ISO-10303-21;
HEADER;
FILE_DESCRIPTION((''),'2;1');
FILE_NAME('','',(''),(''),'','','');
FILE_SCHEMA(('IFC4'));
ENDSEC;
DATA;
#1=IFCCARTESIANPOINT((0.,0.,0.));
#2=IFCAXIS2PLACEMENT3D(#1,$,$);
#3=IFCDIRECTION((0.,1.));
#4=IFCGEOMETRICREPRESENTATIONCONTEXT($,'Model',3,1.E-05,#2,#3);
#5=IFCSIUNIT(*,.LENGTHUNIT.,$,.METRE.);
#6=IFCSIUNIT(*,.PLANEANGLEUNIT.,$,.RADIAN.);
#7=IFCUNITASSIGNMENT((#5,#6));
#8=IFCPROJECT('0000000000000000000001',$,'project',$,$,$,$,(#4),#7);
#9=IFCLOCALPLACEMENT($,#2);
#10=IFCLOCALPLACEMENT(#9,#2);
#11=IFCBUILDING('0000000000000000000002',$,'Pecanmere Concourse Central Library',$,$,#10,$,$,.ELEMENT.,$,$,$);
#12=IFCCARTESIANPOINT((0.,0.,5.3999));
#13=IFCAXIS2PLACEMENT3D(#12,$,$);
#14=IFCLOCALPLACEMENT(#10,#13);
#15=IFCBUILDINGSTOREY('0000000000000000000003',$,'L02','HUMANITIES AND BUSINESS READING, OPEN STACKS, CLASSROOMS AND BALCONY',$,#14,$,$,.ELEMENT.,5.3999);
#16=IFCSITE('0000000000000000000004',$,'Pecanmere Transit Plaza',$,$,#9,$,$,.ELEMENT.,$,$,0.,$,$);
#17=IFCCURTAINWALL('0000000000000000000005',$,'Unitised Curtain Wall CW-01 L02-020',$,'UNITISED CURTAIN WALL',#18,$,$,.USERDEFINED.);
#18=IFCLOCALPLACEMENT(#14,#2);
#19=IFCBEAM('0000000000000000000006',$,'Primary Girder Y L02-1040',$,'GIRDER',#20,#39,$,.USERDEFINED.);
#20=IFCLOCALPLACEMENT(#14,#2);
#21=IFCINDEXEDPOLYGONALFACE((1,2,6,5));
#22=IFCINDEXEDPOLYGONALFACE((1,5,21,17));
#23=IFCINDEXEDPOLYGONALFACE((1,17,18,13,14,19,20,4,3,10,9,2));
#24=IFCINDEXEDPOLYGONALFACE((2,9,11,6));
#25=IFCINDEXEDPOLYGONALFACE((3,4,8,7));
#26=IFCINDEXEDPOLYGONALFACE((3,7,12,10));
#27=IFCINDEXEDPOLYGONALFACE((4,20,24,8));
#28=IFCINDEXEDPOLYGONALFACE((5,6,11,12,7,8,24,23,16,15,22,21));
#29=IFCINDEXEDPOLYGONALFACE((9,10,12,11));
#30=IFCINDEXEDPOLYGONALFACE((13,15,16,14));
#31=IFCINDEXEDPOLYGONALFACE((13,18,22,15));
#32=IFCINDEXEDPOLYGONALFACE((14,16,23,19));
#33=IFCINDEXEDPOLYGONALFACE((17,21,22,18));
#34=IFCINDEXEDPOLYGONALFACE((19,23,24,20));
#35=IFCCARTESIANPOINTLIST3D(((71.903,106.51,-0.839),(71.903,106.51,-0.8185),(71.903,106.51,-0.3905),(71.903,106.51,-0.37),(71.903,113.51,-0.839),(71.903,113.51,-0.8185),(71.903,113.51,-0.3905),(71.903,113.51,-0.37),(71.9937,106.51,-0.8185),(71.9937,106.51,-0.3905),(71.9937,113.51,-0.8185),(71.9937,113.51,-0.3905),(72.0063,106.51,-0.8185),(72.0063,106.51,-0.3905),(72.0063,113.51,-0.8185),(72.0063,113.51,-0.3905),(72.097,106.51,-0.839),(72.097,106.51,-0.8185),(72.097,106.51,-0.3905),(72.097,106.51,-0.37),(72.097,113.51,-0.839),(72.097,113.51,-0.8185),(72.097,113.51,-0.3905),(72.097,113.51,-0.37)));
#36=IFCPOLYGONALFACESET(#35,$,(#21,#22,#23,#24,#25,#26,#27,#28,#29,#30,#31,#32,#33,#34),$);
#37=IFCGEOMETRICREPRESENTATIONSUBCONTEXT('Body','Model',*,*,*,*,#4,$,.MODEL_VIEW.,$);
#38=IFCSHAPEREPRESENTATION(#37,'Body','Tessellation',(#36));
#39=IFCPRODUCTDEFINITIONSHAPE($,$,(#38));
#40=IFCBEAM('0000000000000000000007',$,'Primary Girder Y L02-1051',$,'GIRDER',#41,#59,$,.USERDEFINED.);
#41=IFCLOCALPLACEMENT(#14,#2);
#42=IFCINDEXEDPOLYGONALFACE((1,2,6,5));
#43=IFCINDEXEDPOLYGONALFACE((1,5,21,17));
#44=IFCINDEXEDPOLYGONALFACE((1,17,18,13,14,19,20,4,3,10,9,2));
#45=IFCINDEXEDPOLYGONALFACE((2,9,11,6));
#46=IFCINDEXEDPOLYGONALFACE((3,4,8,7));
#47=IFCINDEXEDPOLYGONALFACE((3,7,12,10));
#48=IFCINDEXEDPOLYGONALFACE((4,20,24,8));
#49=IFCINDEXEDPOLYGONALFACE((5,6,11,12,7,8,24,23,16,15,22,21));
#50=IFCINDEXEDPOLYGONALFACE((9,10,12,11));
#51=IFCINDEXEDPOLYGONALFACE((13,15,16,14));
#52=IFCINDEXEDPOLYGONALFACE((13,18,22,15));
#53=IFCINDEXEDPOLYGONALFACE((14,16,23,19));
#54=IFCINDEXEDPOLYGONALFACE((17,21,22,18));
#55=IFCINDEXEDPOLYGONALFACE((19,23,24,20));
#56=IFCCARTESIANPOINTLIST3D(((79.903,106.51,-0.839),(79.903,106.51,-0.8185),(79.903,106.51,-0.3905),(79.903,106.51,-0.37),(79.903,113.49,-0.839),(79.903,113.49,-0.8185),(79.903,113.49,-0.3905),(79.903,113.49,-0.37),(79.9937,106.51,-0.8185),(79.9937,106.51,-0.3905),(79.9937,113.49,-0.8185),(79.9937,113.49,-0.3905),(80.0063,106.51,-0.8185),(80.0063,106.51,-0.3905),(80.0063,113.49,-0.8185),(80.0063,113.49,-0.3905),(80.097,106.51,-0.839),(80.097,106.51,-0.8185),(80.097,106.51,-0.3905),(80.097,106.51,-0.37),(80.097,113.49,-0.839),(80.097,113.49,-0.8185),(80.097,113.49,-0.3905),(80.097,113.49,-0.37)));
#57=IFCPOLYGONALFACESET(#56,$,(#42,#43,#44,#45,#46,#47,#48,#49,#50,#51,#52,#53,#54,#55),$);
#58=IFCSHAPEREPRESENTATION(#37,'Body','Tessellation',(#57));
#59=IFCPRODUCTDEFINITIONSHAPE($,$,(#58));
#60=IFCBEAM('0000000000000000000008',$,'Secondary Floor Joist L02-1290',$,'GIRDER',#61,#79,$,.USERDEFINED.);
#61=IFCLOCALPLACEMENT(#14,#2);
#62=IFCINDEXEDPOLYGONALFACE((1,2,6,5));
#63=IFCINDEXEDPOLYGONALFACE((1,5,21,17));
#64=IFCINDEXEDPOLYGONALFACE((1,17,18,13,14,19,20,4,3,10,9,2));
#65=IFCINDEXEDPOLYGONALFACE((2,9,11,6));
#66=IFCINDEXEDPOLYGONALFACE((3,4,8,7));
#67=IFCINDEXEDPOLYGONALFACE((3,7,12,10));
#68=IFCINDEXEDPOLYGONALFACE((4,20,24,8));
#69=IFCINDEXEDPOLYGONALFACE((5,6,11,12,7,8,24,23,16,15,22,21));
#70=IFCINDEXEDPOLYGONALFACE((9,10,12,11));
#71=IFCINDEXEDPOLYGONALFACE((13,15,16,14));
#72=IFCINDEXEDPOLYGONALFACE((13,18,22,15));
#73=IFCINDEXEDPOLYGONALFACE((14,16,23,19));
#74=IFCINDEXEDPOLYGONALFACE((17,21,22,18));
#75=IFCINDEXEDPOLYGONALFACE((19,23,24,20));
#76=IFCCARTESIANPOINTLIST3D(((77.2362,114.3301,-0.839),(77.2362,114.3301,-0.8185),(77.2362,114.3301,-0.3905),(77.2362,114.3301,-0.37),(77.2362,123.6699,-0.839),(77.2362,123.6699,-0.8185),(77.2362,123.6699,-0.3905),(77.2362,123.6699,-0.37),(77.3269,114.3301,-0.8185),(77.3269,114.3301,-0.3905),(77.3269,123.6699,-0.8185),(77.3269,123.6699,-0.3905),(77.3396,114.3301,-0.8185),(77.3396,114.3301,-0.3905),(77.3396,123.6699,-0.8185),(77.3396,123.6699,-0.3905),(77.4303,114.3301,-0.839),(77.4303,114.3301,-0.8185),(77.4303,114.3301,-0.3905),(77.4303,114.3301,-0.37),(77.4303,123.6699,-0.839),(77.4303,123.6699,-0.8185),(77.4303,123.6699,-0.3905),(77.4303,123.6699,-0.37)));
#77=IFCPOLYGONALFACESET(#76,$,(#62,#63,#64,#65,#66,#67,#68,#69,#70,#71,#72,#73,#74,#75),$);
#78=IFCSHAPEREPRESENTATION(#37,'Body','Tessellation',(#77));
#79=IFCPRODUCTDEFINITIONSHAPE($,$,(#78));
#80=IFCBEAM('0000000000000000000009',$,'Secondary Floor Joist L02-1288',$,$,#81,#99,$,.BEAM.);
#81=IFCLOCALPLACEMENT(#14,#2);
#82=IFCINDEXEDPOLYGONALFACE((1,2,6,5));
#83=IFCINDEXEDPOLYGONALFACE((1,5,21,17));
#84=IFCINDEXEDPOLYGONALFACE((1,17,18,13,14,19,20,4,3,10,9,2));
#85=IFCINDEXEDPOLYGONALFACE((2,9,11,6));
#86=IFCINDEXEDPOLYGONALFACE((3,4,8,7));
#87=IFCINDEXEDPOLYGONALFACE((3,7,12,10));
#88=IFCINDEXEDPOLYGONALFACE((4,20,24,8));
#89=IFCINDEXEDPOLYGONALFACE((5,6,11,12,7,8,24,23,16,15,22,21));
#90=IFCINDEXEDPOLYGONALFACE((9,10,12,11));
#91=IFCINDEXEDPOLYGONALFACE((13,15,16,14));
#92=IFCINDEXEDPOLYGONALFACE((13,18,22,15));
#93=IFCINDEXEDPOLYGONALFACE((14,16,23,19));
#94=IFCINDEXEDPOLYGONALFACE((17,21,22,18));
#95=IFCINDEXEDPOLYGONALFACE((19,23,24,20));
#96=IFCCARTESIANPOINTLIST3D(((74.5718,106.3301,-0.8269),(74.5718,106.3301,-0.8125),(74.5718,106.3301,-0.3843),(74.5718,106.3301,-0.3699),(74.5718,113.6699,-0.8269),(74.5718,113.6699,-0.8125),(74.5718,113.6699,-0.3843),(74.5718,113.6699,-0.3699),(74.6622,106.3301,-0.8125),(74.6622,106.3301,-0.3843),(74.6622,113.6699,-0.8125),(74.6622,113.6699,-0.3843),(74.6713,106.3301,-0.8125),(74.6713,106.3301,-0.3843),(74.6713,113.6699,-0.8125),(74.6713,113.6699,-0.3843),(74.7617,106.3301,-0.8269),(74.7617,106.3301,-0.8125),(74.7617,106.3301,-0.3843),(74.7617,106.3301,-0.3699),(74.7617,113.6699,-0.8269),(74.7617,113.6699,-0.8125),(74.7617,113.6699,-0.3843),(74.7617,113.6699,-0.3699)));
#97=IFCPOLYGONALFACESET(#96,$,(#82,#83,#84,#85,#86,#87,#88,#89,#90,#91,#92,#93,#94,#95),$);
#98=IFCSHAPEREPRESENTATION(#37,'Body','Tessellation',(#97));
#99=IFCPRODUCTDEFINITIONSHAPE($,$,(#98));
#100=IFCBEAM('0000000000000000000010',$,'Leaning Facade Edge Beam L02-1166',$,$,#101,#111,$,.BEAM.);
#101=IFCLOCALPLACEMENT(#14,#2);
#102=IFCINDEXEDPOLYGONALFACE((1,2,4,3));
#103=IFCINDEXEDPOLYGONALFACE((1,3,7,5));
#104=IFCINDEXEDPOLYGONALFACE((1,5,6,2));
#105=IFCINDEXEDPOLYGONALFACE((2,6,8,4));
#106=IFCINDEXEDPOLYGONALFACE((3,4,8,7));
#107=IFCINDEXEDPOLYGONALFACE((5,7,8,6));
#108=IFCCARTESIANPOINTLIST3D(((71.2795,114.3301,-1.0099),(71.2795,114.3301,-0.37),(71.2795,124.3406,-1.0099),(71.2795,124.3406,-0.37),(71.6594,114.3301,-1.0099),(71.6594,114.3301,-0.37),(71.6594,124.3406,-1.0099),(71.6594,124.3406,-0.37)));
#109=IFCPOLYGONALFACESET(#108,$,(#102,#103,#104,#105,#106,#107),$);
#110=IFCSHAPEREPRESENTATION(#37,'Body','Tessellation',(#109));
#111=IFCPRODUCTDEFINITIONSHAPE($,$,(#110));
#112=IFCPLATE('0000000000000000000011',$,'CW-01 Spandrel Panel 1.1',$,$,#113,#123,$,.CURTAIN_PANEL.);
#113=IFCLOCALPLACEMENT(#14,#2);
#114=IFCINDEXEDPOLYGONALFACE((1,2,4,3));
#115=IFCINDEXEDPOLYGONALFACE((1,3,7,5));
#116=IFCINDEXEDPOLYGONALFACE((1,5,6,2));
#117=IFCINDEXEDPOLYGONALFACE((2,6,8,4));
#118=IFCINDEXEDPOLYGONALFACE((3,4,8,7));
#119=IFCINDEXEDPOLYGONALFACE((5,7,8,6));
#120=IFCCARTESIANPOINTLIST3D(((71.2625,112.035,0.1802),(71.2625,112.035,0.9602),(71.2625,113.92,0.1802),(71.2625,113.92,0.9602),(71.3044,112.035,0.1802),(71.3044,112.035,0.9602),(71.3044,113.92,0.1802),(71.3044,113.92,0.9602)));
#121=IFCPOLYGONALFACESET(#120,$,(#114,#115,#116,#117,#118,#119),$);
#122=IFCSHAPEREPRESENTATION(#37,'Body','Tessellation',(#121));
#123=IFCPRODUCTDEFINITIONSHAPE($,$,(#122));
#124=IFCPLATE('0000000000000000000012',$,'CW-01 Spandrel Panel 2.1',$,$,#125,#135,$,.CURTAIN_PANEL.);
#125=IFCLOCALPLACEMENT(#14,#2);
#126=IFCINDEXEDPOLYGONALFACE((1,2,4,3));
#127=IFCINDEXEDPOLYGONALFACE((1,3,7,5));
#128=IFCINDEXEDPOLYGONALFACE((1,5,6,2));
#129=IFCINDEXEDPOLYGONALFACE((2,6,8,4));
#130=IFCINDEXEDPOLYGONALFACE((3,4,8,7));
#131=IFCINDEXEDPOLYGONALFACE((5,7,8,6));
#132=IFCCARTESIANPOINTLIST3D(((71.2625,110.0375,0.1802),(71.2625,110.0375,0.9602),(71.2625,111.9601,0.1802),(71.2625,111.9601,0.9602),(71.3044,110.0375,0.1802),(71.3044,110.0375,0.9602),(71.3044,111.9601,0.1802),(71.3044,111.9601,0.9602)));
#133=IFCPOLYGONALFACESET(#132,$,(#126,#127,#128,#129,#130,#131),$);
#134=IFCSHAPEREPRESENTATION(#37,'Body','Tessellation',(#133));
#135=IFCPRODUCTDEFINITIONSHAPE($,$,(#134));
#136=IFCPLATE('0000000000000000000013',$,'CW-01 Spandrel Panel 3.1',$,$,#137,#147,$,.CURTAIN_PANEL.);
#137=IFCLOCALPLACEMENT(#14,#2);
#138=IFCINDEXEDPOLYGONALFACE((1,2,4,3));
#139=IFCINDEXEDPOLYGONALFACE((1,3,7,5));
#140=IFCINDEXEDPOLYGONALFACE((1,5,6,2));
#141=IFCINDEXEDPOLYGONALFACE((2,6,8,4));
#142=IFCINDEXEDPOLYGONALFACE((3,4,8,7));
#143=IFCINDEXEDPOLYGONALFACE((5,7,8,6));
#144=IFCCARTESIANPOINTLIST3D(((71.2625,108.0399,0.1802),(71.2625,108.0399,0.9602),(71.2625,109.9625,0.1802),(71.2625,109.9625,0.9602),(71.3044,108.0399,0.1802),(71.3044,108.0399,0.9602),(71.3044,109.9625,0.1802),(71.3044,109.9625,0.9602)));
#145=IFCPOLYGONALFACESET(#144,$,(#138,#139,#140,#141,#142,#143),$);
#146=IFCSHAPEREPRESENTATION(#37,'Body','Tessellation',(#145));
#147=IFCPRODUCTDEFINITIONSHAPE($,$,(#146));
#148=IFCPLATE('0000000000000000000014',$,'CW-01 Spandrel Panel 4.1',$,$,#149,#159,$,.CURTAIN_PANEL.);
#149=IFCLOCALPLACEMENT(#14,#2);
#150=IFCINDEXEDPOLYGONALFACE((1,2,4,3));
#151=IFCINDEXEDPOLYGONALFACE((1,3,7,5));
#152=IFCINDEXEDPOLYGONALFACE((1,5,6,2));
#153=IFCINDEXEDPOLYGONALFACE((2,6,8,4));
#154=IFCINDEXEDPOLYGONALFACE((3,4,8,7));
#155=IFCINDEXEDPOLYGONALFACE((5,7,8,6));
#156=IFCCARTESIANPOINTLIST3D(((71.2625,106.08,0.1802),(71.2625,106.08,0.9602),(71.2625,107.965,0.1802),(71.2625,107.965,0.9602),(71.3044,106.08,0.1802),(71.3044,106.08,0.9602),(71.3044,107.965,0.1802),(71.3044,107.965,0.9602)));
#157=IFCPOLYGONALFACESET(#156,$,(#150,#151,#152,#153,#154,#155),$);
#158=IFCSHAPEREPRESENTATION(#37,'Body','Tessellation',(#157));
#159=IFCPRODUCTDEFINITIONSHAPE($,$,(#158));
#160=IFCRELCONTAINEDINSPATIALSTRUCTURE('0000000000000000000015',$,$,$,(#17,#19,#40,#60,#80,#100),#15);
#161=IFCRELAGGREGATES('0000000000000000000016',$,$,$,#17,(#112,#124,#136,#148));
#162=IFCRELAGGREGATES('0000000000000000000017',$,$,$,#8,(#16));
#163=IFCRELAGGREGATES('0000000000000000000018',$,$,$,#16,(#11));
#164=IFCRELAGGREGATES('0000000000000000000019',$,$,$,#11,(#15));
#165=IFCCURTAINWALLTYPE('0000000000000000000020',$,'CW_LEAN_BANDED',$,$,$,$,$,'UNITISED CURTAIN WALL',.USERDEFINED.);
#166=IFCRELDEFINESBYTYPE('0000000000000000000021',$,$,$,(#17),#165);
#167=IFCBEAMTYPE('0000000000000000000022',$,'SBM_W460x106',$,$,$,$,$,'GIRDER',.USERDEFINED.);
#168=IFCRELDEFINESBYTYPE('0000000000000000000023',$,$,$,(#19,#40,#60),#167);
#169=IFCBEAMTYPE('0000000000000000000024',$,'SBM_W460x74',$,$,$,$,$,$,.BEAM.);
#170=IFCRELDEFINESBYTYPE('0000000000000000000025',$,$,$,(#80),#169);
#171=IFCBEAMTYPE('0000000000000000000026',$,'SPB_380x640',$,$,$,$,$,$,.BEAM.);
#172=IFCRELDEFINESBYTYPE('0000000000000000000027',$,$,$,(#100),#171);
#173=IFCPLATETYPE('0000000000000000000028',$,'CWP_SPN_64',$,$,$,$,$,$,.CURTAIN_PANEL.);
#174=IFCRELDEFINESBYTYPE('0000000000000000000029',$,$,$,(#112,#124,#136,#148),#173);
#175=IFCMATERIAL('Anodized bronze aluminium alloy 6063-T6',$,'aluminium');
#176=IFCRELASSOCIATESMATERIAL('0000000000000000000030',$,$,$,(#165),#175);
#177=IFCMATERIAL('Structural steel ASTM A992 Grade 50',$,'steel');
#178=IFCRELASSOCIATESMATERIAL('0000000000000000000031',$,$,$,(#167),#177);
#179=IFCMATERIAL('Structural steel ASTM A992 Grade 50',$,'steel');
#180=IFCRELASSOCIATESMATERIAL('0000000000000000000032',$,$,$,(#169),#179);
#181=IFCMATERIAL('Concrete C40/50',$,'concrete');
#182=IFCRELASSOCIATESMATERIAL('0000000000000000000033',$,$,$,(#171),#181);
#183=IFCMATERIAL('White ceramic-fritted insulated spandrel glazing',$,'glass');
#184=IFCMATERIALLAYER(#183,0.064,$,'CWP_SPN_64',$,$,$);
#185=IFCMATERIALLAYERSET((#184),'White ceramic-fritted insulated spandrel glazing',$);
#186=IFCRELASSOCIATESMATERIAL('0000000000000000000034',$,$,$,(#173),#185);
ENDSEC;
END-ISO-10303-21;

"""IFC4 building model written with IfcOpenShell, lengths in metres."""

from ifc_helpers import new_model, si_unit, direction, frame, origin, origin_2d, place, context, subcontext, project, spatial, rectangle, i_section, extrude, material, layer, layer_set, material_profile, profile_set, type_object, element, aggregate, save


model = new_model("IFC4")

# Units and contexts
model_context = context("Model", 3, precision=1e-05, world=origin(), true_north=direction((0.0, 1.0)))
body_context = subcontext(model_context, "Body", "Model", "MODEL_VIEW")
ifc_project = project(units=[si_unit("LENGTHUNIT", "METRE"), si_unit("PLANEANGLEUNIT", "RADIAN")], contexts=[model_context])

# Site, building, storey
site_placement = place(None, origin())
site = spatial("IfcSite", under=ifc_project, at=site_placement, Name="Pecanmere Transit Plaza", CompositionType="ELEMENT", RefElevation=0.0)
building_placement = place(site_placement, origin())
building = spatial("IfcBuilding", under=site, at=building_placement, Name="Pecanmere Concourse Central Library", CompositionType="ELEMENT")
storey_placement = place(building_placement, frame((0.0, 0.0, 5.3999)))
storey = spatial("IfcBuildingStorey", under=building, at=storey_placement, Name="L02", Description="HUMANITIES AND BUSINESS READING, OPEN STACKS, CLASSROOMS AND BALCONY", CompositionType="ELEMENT", Elevation=5.3999)

# Shared definitions
ifc_material_1 = material(Name="Anodized bronze aluminium alloy 6063-T6", Category="aluminium")
curtain_wall_type = type_object("IfcCurtainWallType", Name="CW_LEAN_BANDED", ElementType="UNITISED CURTAIN WALL", PredefinedType="USERDEFINED", material=ifc_material_1)

# Curtain wall
curtain_wall_1_placement = place(storey_placement, origin())
curtain_wall_1 = element("IfcCurtainWall", 1, at=curtain_wall_1_placement, inside=storey, type_object=curtain_wall_type, Name="Unitised Curtain Wall CW-01 L02-020", ObjectType="UNITISED CURTAIN WALL", PredefinedType="USERDEFINED")

# Beams
ifc_material_2 = material(Name="Structural steel ASTM A992 Grade 50", Category="steel")
ifc_material_profile_1 = material_profile(ifc_material_2, i_section(OverallWidth=0.1941, OverallDepth=0.469, WebThickness=0.0127, FlangeThickness=0.0205, at=origin_2d()), Name="W460x106")
ifc_profile_set_1 = profile_set([ifc_material_profile_1], Name="Structural steel ASTM A992 Grade 50")
beam_type_1 = type_object("IfcBeamType", Name="SBM_W460x106", ElementType="GIRDER", PredefinedType="USERDEFINED", material=ifc_profile_set_1)
beam_1_placement = place(storey_placement, frame((72.0, 106.51, -0.6045), z_axis=(0.0, 1.0, 0.0), x_axis=(-1.0, 0.0, 0.0)))
element("IfcBeam", 2, at=beam_1_placement, inside=storey, type_object=beam_type_1, Name="Primary Girder Y L02-1040", ObjectType="GIRDER", PredefinedType="USERDEFINED", context=body_context, shape_type="SweptSolid", body=[
    extrude(i_section(OverallWidth=0.1941, OverallDepth=0.469, WebThickness=0.0127, FlangeThickness=0.0205, at=origin_2d()), origin(), (0.0, 0.0, 1.0), 7.0),
])
beam_2_placement = place(storey_placement, frame((80.0, 106.51, -0.6045), z_axis=(0.0, 1.0, 0.0), x_axis=(-1.0, 0.0, 0.0)))
element("IfcBeam", 3, at=beam_2_placement, inside=storey, type_object=beam_type_1, Name="Primary Girder Y L02-1051", ObjectType="GIRDER", PredefinedType="USERDEFINED", context=body_context, shape_type="SweptSolid", body=[
    extrude(i_section(OverallWidth=0.1941, OverallDepth=0.469, WebThickness=0.0127, FlangeThickness=0.0205, at=origin_2d()), origin(), (0.0, 0.0, 1.0), 6.98),
])
beam_3_placement = place(storey_placement, frame((77.3333, 114.3301, -0.6045), z_axis=(0.0, 1.0, 0.0), x_axis=(-1.0, 0.0, 0.0)))
element("IfcBeam", 4, at=beam_3_placement, inside=storey, type_object=beam_type_1, Name="Secondary Floor Joist L02-1290", ObjectType="GIRDER", PredefinedType="USERDEFINED", context=body_context, shape_type="SweptSolid", body=[
    extrude(i_section(OverallWidth=0.1941, OverallDepth=0.469, WebThickness=0.0127, FlangeThickness=0.0205, at=origin_2d()), origin(), (0.0, 0.0, 1.0), 9.3398),
])
ifc_material_3 = material(Name="Structural steel ASTM A992 Grade 50", Category="steel")
ifc_material_profile_2 = material_profile(ifc_material_3, i_section(OverallWidth=0.1899, OverallDepth=0.457, WebThickness=0.009, FlangeThickness=0.0144, at=origin_2d()), Name="W460x74")
ifc_profile_set_2 = profile_set([ifc_material_profile_2], Name="Structural steel ASTM A992 Grade 50")
beam_type_2 = type_object("IfcBeamType", Name="SBM_W460x74", PredefinedType="BEAM", material=ifc_profile_set_2)
beam_4_placement = place(storey_placement, frame((74.6667, 106.3301, -0.5984), z_axis=(0.0, 1.0, 0.0), x_axis=(-1.0, 0.0, 0.0)))
element("IfcBeam", 5, at=beam_4_placement, inside=storey, type_object=beam_type_2, Name="Secondary Floor Joist L02-1288", PredefinedType="BEAM", context=body_context, shape_type="SweptSolid", body=[
    extrude(i_section(OverallWidth=0.1899, OverallDepth=0.457, WebThickness=0.009, FlangeThickness=0.0144, at=origin_2d()), origin(), (0.0, 0.0, 1.0), 7.3398),
])
ifc_material_4 = material(Name="Concrete C40/50", Category="concrete")
ifc_material_profile_3 = material_profile(ifc_material_4, rectangle(XDim=0.3799, YDim=0.6399, at=origin_2d()), Name="RC 380x640")
ifc_profile_set_3 = profile_set([ifc_material_profile_3], Name="Concrete C40/50")
beam_type_3 = type_object("IfcBeamType", Name="SPB_380x640", PredefinedType="BEAM", material=ifc_profile_set_3)
beam_5_placement = place(storey_placement, frame((71.4695, 114.3301, -0.6899), z_axis=(0.0, 1.0, 0.0), x_axis=(-1.0, 0.0, 0.0)))
element("IfcBeam", 6, at=beam_5_placement, inside=storey, type_object=beam_type_3, Name="Leaning Facade Edge Beam L02-1166", PredefinedType="BEAM", context=body_context, shape_type="SweptSolid", body=[
    extrude(rectangle(XDim=0.3799, YDim=0.6399, at=origin_2d()), origin(), (0.0, 0.0, 1.0), 10.0105),
])

# Plates
ifc_material_5 = material(Name="White ceramic-fritted insulated spandrel glazing", Category="glass")
ifc_layer = layer(ifc_material_5, 0.064, Name="CWP_SPN_64")
ifc_layer_set = layer_set([ifc_layer], Name="White ceramic-fritted insulated spandrel glazing")
plate_type = type_object("IfcPlateType", Name="CWP_SPN_64", PredefinedType="CURTAIN_PANEL", material=ifc_layer_set)
plate_1_placement = place(storey_placement, frame((71.2834, 112.9775, 0.1802), z_axis=(0.0, 0.0, 1.0), x_axis=(0.0, -1.0, 0.0)))
plate_1 = element("IfcPlate", 7, at=plate_1_placement, type_object=plate_type, Name="CW-01 Spandrel Panel 1.1", PredefinedType="CURTAIN_PANEL", context=body_context, shape_type="SweptSolid", body=[
    extrude(rectangle(XDim=1.885, YDim=0.042, at=origin_2d()), origin(), (0.0, 0.0, 1.0), 0.78),
])
plate_2_placement = place(storey_placement, frame((71.2834, 110.9988, 0.1802), z_axis=(0.0, 0.0, 1.0), x_axis=(0.0, -1.0, 0.0)))
plate_2 = element("IfcPlate", 8, at=plate_2_placement, type_object=plate_type, Name="CW-01 Spandrel Panel 2.1", PredefinedType="CURTAIN_PANEL", context=body_context, shape_type="SweptSolid", body=[
    extrude(rectangle(XDim=1.9226, YDim=0.042, at=origin_2d()), origin(), (0.0, 0.0, 1.0), 0.78),
])
plate_3_placement = place(storey_placement, frame((71.2834, 109.0012, 0.1802), z_axis=(0.0, 0.0, 1.0), x_axis=(0.0, -1.0, 0.0)))
plate_3 = element("IfcPlate", 9, at=plate_3_placement, type_object=plate_type, Name="CW-01 Spandrel Panel 3.1", PredefinedType="CURTAIN_PANEL", context=body_context, shape_type="SweptSolid", body=[
    extrude(rectangle(XDim=1.9226, YDim=0.042, at=origin_2d()), origin(), (0.0, 0.0, 1.0), 0.78),
])
plate_4_placement = place(storey_placement, frame((71.2834, 107.0225, 0.1802), z_axis=(0.0, 0.0, 1.0), x_axis=(0.0, -1.0, 0.0)))
plate_4 = element("IfcPlate", 10, at=plate_4_placement, type_object=plate_type, Name="CW-01 Spandrel Panel 4.1", PredefinedType="CURTAIN_PANEL", context=body_context, shape_type="SweptSolid", body=[
    extrude(rectangle(XDim=1.885, YDim=0.042, at=origin_2d()), origin(), (0.0, 0.0, 1.0), 0.78),
])
aggregate(curtain_wall_1, [plate_1, plate_2, plate_3, plate_4])

save(model, "model.ifc")
